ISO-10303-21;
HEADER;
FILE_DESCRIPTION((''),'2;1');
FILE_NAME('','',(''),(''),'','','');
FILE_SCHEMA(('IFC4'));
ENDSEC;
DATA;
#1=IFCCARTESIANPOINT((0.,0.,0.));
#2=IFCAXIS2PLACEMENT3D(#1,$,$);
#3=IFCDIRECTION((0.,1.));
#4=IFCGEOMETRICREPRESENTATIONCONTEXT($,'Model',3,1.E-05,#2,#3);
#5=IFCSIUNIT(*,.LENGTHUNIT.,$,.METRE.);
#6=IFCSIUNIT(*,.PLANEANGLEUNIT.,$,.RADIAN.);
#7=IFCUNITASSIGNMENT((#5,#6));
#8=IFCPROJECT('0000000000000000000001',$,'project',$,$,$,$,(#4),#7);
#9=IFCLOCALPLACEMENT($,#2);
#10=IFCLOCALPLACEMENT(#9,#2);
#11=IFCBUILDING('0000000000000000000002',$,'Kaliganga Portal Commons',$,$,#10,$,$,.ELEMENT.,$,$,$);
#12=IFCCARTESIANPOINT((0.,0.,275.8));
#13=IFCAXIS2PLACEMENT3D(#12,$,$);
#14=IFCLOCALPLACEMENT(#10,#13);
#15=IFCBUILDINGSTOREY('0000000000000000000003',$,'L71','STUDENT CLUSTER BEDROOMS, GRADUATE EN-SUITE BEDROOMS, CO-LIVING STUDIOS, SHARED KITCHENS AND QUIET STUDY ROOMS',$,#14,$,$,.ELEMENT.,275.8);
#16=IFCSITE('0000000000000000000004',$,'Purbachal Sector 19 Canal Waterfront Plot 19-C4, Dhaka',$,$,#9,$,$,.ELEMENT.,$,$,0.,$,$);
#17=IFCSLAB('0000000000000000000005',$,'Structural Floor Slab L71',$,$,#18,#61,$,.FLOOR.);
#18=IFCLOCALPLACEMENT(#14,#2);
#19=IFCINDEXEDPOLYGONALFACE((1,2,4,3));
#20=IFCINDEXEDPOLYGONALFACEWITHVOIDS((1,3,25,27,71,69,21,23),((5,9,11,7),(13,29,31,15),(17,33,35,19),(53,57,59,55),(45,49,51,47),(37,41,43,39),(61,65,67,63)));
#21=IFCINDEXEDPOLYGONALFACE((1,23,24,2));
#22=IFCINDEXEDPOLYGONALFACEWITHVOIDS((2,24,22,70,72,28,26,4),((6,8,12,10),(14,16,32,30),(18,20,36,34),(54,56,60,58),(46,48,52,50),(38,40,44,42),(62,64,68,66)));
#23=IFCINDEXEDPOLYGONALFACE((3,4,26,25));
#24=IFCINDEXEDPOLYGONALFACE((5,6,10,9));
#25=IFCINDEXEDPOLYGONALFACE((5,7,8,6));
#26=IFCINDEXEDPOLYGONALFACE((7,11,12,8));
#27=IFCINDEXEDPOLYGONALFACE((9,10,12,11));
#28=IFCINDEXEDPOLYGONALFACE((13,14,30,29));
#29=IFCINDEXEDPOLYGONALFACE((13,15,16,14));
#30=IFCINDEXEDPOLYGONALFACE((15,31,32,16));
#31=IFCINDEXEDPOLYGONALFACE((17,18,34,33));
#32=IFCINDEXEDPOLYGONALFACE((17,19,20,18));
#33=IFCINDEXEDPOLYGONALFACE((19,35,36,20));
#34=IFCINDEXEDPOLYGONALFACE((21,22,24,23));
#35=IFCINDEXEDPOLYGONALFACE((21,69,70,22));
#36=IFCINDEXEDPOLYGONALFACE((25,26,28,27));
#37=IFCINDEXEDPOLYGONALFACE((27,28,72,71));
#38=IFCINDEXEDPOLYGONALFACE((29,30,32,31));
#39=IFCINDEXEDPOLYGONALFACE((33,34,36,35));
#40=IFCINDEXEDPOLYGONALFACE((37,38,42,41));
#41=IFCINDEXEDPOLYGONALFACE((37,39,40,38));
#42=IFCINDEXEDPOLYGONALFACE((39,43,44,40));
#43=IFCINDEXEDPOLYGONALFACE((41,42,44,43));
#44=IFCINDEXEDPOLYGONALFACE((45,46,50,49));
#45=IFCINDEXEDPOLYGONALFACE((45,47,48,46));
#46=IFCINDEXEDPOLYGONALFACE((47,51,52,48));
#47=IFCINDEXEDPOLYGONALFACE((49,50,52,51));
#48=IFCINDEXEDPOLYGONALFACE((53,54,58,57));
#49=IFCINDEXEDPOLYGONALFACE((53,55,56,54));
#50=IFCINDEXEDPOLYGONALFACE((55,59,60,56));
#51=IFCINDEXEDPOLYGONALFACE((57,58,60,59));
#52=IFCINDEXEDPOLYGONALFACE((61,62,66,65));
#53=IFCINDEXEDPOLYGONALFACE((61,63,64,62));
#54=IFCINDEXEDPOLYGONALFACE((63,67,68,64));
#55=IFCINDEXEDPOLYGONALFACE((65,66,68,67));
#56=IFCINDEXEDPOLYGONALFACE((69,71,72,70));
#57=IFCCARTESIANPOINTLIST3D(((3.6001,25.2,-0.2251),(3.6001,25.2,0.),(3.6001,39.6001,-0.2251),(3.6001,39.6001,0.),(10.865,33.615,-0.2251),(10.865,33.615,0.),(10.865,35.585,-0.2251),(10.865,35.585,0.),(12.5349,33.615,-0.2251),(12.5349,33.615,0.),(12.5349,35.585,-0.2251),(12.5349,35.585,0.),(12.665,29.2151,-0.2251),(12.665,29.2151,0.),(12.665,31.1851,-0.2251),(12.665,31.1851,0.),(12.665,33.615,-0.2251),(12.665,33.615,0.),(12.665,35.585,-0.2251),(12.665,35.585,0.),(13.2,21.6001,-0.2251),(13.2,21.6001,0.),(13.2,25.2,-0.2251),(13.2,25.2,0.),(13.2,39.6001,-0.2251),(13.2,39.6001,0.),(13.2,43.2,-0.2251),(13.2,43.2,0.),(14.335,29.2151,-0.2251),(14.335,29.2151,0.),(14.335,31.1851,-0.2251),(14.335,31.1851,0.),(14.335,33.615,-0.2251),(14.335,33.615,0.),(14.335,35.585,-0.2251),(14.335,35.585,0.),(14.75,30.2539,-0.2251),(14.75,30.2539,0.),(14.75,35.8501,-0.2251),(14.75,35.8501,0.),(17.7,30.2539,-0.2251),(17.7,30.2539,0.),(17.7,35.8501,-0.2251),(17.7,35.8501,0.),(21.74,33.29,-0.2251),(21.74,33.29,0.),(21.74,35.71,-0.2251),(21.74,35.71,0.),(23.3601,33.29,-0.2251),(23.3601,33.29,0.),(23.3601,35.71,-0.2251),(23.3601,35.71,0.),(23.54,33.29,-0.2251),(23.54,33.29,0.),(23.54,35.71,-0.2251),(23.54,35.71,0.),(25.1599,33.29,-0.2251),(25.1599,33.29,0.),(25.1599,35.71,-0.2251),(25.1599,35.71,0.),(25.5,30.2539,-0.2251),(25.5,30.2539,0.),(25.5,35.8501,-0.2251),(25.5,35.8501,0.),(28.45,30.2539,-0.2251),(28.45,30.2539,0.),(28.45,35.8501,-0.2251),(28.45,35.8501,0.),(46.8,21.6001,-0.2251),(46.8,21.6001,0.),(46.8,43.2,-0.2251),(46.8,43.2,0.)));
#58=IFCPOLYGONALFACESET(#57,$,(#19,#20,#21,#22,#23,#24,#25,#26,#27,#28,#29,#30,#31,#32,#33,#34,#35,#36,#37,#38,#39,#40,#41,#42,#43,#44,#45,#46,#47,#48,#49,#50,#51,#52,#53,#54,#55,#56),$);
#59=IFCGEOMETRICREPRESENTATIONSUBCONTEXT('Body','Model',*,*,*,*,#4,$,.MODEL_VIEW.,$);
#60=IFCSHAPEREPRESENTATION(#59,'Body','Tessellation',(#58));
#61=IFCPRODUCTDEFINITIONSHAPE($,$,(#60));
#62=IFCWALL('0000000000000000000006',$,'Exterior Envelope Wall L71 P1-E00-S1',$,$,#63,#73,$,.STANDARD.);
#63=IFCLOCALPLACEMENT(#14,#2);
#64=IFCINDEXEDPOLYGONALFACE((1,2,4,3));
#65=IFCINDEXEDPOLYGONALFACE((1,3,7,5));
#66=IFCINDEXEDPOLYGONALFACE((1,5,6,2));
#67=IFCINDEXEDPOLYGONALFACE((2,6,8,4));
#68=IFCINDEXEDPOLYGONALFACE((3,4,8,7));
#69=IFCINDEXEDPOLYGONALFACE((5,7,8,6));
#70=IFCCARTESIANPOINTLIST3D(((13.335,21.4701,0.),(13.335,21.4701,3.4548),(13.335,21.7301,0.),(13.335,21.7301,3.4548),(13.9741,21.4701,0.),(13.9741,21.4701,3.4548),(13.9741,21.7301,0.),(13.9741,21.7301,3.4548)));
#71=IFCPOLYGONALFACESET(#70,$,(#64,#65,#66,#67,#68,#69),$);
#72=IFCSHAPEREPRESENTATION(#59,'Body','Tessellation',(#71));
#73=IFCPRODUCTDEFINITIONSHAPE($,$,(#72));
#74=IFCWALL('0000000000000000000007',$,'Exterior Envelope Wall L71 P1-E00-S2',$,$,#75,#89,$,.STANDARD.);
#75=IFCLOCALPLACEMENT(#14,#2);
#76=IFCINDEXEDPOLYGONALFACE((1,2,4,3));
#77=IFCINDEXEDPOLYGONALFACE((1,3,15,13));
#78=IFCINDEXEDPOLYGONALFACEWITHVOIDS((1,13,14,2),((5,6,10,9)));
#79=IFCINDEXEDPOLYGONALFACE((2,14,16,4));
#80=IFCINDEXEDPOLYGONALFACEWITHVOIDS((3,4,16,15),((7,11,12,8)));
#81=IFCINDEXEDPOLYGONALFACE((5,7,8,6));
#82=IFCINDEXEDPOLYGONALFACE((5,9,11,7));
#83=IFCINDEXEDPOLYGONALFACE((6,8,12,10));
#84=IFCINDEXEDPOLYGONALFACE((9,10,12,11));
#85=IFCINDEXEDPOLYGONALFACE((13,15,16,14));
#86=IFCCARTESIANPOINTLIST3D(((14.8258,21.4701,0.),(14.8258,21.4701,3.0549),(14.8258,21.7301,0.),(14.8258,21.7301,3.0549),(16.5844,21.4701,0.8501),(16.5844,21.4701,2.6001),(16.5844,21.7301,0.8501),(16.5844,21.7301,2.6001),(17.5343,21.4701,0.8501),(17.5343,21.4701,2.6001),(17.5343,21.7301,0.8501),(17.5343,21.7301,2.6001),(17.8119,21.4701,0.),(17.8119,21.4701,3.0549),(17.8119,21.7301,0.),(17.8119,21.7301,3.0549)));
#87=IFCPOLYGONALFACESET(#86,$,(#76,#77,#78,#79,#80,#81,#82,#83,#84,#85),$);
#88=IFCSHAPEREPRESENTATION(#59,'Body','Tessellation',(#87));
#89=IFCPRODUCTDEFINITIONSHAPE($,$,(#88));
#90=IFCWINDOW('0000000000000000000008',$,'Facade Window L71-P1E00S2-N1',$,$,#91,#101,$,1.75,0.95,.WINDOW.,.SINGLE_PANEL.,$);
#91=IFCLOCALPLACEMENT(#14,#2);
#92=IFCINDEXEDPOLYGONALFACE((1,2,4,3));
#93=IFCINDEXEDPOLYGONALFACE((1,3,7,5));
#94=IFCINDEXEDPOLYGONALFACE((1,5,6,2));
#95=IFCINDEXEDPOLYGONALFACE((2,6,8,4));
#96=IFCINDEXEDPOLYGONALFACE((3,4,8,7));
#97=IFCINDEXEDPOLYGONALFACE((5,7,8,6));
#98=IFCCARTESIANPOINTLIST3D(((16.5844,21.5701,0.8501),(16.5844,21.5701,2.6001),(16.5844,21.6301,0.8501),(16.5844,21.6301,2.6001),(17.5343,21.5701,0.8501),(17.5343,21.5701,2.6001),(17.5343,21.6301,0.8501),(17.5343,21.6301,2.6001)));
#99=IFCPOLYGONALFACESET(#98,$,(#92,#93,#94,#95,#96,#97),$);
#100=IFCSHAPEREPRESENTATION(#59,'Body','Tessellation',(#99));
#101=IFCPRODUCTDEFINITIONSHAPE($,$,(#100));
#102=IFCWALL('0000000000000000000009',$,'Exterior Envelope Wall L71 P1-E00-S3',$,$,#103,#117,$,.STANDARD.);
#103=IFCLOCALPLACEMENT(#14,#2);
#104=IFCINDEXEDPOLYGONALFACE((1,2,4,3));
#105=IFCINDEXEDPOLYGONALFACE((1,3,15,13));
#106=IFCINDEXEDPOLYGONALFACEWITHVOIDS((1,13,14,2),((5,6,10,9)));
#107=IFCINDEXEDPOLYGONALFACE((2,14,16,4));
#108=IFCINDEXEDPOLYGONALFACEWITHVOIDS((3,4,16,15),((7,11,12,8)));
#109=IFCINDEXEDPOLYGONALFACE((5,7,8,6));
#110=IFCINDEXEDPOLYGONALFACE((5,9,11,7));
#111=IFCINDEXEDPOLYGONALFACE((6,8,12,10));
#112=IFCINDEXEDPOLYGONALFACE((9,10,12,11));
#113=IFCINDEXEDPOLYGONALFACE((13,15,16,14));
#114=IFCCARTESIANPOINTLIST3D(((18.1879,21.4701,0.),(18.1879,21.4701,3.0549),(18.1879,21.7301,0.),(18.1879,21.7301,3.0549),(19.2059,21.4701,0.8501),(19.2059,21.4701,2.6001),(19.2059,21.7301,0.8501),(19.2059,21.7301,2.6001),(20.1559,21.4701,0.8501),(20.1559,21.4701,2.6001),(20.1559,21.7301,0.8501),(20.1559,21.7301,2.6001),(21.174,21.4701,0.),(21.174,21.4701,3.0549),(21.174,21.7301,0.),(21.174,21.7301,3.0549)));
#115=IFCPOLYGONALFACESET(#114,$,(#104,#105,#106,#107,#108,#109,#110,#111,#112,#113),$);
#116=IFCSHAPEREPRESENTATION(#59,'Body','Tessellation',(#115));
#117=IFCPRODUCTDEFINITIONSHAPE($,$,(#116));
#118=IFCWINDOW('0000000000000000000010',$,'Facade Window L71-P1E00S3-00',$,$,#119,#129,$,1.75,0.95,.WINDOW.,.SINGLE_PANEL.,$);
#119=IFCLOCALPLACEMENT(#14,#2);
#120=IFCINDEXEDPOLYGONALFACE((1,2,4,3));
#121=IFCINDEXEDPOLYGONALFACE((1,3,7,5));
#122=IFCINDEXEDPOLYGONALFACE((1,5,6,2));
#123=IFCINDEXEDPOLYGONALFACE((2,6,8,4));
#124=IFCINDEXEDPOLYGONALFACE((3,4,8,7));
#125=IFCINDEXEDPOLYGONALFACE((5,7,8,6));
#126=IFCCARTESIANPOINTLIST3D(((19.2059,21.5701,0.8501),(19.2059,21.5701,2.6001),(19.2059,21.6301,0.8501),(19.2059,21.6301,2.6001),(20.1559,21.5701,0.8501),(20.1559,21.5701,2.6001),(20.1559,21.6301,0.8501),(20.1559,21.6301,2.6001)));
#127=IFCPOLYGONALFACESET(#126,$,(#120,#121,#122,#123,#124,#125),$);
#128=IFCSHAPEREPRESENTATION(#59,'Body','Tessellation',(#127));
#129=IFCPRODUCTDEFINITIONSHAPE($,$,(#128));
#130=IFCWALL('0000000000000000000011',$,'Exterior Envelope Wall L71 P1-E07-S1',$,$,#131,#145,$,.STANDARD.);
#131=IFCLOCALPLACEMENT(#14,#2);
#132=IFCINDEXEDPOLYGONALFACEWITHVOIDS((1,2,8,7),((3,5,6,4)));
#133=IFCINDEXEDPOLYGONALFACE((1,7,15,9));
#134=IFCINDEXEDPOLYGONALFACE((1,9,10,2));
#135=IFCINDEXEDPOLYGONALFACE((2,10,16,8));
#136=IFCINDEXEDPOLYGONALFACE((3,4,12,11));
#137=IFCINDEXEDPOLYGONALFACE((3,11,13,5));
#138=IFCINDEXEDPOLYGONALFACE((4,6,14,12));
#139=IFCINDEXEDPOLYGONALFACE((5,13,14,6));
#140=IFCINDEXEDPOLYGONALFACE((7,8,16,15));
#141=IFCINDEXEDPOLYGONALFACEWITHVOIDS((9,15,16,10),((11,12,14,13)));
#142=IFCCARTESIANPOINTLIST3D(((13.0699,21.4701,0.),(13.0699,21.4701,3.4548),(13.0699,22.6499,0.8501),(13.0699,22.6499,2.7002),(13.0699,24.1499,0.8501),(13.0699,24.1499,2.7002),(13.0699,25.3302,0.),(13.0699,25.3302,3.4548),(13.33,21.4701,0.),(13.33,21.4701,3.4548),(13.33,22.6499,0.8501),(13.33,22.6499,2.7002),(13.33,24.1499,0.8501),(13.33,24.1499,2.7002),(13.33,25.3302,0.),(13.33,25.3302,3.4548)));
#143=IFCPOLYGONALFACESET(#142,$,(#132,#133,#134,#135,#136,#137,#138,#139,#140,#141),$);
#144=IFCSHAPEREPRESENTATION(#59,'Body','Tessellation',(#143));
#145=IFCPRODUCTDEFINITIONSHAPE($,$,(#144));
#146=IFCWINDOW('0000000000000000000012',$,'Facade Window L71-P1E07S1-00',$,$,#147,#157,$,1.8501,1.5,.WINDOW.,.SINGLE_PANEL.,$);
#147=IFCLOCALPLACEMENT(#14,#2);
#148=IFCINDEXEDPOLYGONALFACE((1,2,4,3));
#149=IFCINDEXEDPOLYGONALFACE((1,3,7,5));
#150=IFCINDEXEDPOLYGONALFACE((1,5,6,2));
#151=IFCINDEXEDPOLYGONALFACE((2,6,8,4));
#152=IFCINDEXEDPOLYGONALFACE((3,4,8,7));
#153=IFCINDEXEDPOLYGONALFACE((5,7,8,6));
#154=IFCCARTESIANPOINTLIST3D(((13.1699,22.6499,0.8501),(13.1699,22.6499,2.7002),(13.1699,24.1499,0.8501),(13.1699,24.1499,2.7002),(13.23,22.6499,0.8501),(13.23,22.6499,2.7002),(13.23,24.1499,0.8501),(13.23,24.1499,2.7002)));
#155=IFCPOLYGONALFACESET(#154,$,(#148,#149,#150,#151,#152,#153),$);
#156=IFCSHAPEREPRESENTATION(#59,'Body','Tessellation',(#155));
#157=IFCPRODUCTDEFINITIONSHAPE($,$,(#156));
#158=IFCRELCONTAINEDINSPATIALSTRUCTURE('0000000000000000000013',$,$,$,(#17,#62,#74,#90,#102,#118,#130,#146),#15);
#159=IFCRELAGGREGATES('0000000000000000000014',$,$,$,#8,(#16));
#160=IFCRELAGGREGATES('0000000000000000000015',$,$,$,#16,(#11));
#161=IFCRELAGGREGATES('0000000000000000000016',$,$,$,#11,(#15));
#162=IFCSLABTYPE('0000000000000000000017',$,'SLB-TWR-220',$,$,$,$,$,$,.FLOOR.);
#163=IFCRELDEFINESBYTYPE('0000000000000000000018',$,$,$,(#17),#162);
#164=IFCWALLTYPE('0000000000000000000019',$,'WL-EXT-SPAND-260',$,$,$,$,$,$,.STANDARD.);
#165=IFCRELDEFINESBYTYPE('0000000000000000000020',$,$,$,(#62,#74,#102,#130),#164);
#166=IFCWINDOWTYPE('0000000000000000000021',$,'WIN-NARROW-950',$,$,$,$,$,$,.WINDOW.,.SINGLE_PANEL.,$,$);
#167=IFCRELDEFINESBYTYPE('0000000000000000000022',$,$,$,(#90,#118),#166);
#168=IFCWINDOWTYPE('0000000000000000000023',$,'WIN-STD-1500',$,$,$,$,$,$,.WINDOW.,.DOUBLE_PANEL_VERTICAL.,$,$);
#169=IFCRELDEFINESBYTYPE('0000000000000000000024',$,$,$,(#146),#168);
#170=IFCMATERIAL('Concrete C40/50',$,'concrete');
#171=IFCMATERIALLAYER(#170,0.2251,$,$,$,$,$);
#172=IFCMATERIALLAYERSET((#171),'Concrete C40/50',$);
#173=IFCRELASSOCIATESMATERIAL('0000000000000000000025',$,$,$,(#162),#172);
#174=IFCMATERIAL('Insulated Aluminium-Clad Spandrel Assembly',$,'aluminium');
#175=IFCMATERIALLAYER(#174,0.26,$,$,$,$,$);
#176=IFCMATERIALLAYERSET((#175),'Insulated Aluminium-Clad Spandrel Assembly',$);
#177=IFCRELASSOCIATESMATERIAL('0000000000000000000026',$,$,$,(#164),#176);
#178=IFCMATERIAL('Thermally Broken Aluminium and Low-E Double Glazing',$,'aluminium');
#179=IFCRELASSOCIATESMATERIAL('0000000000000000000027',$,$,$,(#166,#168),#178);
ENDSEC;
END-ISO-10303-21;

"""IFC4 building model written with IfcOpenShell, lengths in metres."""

from ifc_helpers import new_model, si_unit, direction, frame, frame_2d, origin, place, context, subcontext, project, spatial, polyline, rectangle, outline, extrude, material, layer, layer_set, type_object, element, fill, save


model = new_model("IFC4")

# Units and contexts
model_context = context("Model", 3, precision=1e-05, world=origin(), true_north=direction((0.0, 1.0)))
body_context = subcontext(model_context, "Body", "Model", "MODEL_VIEW")
ifc_project = project(units=[si_unit("LENGTHUNIT", "METRE"), si_unit("PLANEANGLEUNIT", "RADIAN")], contexts=[model_context])

# Site, building, storey
site_placement = place(None, origin())
site = spatial("IfcSite", under=ifc_project, at=site_placement, Name="Purbachal Sector 19 Canal Waterfront Plot 19-C4, Dhaka", CompositionType="ELEMENT", RefElevation=0.0)
building_placement = place(site_placement, origin())
building = spatial("IfcBuilding", under=site, at=building_placement, Name="Kaliganga Portal Commons", CompositionType="ELEMENT")
storey_placement = place(building_placement, frame((0.0, 0.0, 275.8)))
storey = spatial("IfcBuildingStorey", under=building, at=storey_placement, Name="L71", Description="STUDENT CLUSTER BEDROOMS, GRADUATE EN-SUITE BEDROOMS, CO-LIVING STUDIOS, SHARED KITCHENS AND QUIET STUDY ROOMS", CompositionType="ELEMENT", Elevation=275.8)

# Shared definitions
ifc_material_1 = material(Name="Concrete C40/50", Category="concrete")

# Slab
ifc_layer_1 = layer(ifc_material_1, 0.2251)
ifc_layer_set_1 = layer_set([ifc_layer_1], Name="Concrete C40/50")
slab_type_1 = type_object("IfcSlabType", Name="SLB-TWR-220", PredefinedType="FLOOR", material=ifc_layer_set_1)
slab_1_placement = place(storey_placement, frame((0.0, 0.0, -0.2251)))
element("IfcSlab", 1, at=slab_1_placement, inside=storey, type_object=slab_type_1, Name="Structural Floor Slab L71", PredefinedType="FLOOR", context=body_context, shape_type="SweptSolid", body=[
    extrude(outline(polyline([(13.2, 21.6001), (46.8, 21.6001), (46.8, 43.2), (13.2, 43.2), (13.2, 39.6001), (3.6001, 39.6001), (3.6001, 25.2), (13.2, 25.2), (13.2, 21.6001)]), holes=[polyline([(14.75, 30.2539), (14.75, 35.8501), (17.7, 35.8501), (17.7, 30.2539), (14.75, 30.2539)]), polyline([(25.5, 30.2539), (25.5, 35.8501), (28.45, 35.8501), (28.45, 30.2539), (25.5, 30.2539)]), polyline([(12.665, 33.615), (12.665, 35.585), (14.335, 35.585), (14.335, 33.615), (12.665, 33.615)]), polyline([(12.665, 29.2151), (12.665, 31.1851), (14.335, 31.1851), (14.335, 29.2151), (12.665, 29.2151)]), polyline([(10.865, 33.615), (10.865, 35.585), (12.5349, 35.585), (12.5349, 33.615), (10.865, 33.615)]), polyline([(21.74, 33.29), (21.74, 35.71), (23.3601, 35.71), (23.3601, 33.29), (21.74, 33.29)]), polyline([(23.54, 33.29), (23.54, 35.71), (25.1599, 35.71), (25.1599, 33.29), (23.54, 33.29)])]), origin(), (0.0, 0.0, 1.0), 0.2251),
])

# Wall
ifc_material_2 = material(Name="Insulated Aluminium-Clad Spandrel Assembly", Category="aluminium")
ifc_layer_2 = layer(ifc_material_2, 0.26)
ifc_layer_set_2 = layer_set([ifc_layer_2], Name="Insulated Aluminium-Clad Spandrel Assembly")
wall_type = type_object("IfcWallType", Name="WL-EXT-SPAND-260", PredefinedType="STANDARD", material=ifc_layer_set_2)
wall_1_placement = place(storey_placement, frame((13.9741, 21.6001, 0.0), z_axis=(0.0, 0.0, 1.0), x_axis=(-1.0, 0.0, 0.0)))
element("IfcWall", 2, at=wall_1_placement, inside=storey, type_object=wall_type, Name="Exterior Envelope Wall L71 P1-E00-S1", PredefinedType="STANDARD", context=body_context, shape_type="SweptSolid", body=[
    extrude(rectangle(XDim=0.6392, YDim=0.26, at=frame_2d((0.3196, 0.0))), origin(), (0.0, 0.0, 1.0), 3.4548),
])

# Walls, openings, windows
wall_2_placement = place(storey_placement, frame((17.812, 21.6001, 0.0), z_axis=(0.0, 0.0, 1.0), x_axis=(-1.0, 0.0, 0.0)))
wall_2 = element("IfcWall", 3, at=wall_2_placement, inside=storey, type_object=wall_type, Name="Exterior Envelope Wall L71 P1-E00-S2", PredefinedType="STANDARD", context=body_context, shape_type="SweptSolid", body=[
    extrude(rectangle(XDim=2.9861, YDim=0.26, at=frame_2d((1.4932, 0.0))), origin(), (0.0, 0.0, 1.0), 3.0549),
])
opening_1_placement = place(wall_2_placement, frame((0.2776, 0.0, 0.8501)))
opening_1 = element("IfcOpeningElement", 4, at=opening_1_placement, cuts=wall_2, PredefinedType="OPENING", context=body_context, shape_type="SweptSolid", body=[
    extrude(rectangle(XDim=0.95, YDim=1.75, at=frame_2d((0.4751, 0.875))), frame((0.0, 0.1401, 0.0), z_axis=(0.0, -1.0, 0.0), x_axis=(1.0, 0.0, 0.0)), (0.0, 0.0, 1.0), 0.28),
])
ifc_material_3 = material(Name="Thermally Broken Aluminium and Low-E Double Glazing", Category="aluminium")
window_type_1 = type_object("IfcWindowType", Name="WIN-NARROW-950", PartitioningType="SINGLE_PANEL", PredefinedType="WINDOW", material=ifc_material_3)
window_1_placement = place(opening_1_placement, origin())
window_1 = element("IfcWindow", 5, at=window_1_placement, inside=storey, type_object=window_type_1, Name="Facade Window L71-P1E00S2-N1", OverallHeight=1.75, OverallWidth=0.95, PartitioningType="SINGLE_PANEL", PredefinedType="WINDOW", context=body_context, shape_type="SweptSolid", body=[
    extrude(rectangle(XDim=0.95, YDim=1.75, at=frame_2d((0.4751, 0.875))), frame((0.0, 0.03, 0.0), z_axis=(0.0, -1.0, 0.0), x_axis=(1.0, 0.0, 0.0)), (0.0, 0.0, 1.0), 0.0601),
])
fill(opening_1, window_1)
wall_3_placement = place(storey_placement, frame((21.1741, 21.6001, 0.0), z_axis=(0.0, 0.0, 1.0), x_axis=(-1.0, 0.0, 0.0)))
wall_3 = element("IfcWall", 6, at=wall_3_placement, inside=storey, type_object=wall_type, Name="Exterior Envelope Wall L71 P1-E00-S3", PredefinedType="STANDARD", context=body_context, shape_type="SweptSolid", body=[
    extrude(rectangle(XDim=2.9861, YDim=0.26, at=frame_2d((1.4932, 0.0))), origin(), (0.0, 0.0, 1.0), 3.0549),
])
opening_2_placement = place(wall_3_placement, frame((1.0181, 0.0, 0.8501)))
opening_2 = element("IfcOpeningElement", 7, at=opening_2_placement, cuts=wall_3, PredefinedType="OPENING", context=body_context, shape_type="SweptSolid", body=[
    extrude(rectangle(XDim=0.95, YDim=1.75, at=frame_2d((0.4751, 0.875))), frame((0.0, 0.1401, 0.0), z_axis=(0.0, -1.0, 0.0), x_axis=(1.0, 0.0, 0.0)), (0.0, 0.0, 1.0), 0.28),
])
window_2_placement = place(opening_2_placement, origin())
window_2 = element("IfcWindow", 8, at=window_2_placement, inside=storey, type_object=window_type_1, Name="Facade Window L71-P1E00S3-00", OverallHeight=1.75, OverallWidth=0.95, PartitioningType="SINGLE_PANEL", PredefinedType="WINDOW", context=body_context, shape_type="SweptSolid", body=[
    extrude(rectangle(XDim=0.95, YDim=1.75, at=frame_2d((0.4751, 0.875))), frame((0.0, 0.03, 0.0), z_axis=(0.0, -1.0, 0.0), x_axis=(1.0, 0.0, 0.0)), (0.0, 0.0, 1.0), 0.0601),
])
fill(opening_2, window_2)
wall_4_placement = place(storey_placement, frame((13.2, 21.47, 0.0), z_axis=(0.0, 0.0, 1.0), x_axis=(0.0, 1.0, 0.0)))
wall_4 = element("IfcWall", 9, at=wall_4_placement, inside=storey, type_object=wall_type, Name="Exterior Envelope Wall L71 P1-E07-S1", PredefinedType="STANDARD", context=body_context, shape_type="SweptSolid", body=[
    extrude(rectangle(XDim=3.8601, YDim=0.26, at=frame_2d((1.9302, 0.0))), origin(), (0.0, 0.0, 1.0), 3.4548),
])
opening_3_placement = place(wall_4_placement, frame((1.1799, 0.0, 0.8501)))
opening_3 = element("IfcOpeningElement", 10, at=opening_3_placement, cuts=wall_4, PredefinedType="OPENING", context=body_context, shape_type="SweptSolid", body=[
    extrude(rectangle(XDim=1.5, YDim=1.8501, at=frame_2d((0.75, 0.925))), frame((0.0, 0.1401, 0.0), z_axis=(0.0, -1.0, 0.0), x_axis=(1.0, 0.0, 0.0)), (0.0, 0.0, 1.0), 0.28),
])
window_type_2 = type_object("IfcWindowType", Name="WIN-STD-1500", PartitioningType="DOUBLE_PANEL_VERTICAL", PredefinedType="WINDOW", material=ifc_material_3)
window_3_placement = place(opening_3_placement, origin())
window_3 = element("IfcWindow", 11, at=window_3_placement, inside=storey, type_object=window_type_2, Name="Facade Window L71-P1E07S1-00", OverallHeight=1.8501, OverallWidth=1.5, PartitioningType="SINGLE_PANEL", PredefinedType="WINDOW", context=body_context, shape_type="SweptSolid", body=[
    extrude(rectangle(XDim=1.5, YDim=1.8501, at=frame_2d((0.75, 0.925))), frame((0.0, 0.03, 0.0), z_axis=(0.0, -1.0, 0.0), x_axis=(1.0, 0.0, 0.0)), (0.0, 0.0, 1.0), 0.0601),
])
fill(opening_3, window_3)

save(model, "model.ifc")
